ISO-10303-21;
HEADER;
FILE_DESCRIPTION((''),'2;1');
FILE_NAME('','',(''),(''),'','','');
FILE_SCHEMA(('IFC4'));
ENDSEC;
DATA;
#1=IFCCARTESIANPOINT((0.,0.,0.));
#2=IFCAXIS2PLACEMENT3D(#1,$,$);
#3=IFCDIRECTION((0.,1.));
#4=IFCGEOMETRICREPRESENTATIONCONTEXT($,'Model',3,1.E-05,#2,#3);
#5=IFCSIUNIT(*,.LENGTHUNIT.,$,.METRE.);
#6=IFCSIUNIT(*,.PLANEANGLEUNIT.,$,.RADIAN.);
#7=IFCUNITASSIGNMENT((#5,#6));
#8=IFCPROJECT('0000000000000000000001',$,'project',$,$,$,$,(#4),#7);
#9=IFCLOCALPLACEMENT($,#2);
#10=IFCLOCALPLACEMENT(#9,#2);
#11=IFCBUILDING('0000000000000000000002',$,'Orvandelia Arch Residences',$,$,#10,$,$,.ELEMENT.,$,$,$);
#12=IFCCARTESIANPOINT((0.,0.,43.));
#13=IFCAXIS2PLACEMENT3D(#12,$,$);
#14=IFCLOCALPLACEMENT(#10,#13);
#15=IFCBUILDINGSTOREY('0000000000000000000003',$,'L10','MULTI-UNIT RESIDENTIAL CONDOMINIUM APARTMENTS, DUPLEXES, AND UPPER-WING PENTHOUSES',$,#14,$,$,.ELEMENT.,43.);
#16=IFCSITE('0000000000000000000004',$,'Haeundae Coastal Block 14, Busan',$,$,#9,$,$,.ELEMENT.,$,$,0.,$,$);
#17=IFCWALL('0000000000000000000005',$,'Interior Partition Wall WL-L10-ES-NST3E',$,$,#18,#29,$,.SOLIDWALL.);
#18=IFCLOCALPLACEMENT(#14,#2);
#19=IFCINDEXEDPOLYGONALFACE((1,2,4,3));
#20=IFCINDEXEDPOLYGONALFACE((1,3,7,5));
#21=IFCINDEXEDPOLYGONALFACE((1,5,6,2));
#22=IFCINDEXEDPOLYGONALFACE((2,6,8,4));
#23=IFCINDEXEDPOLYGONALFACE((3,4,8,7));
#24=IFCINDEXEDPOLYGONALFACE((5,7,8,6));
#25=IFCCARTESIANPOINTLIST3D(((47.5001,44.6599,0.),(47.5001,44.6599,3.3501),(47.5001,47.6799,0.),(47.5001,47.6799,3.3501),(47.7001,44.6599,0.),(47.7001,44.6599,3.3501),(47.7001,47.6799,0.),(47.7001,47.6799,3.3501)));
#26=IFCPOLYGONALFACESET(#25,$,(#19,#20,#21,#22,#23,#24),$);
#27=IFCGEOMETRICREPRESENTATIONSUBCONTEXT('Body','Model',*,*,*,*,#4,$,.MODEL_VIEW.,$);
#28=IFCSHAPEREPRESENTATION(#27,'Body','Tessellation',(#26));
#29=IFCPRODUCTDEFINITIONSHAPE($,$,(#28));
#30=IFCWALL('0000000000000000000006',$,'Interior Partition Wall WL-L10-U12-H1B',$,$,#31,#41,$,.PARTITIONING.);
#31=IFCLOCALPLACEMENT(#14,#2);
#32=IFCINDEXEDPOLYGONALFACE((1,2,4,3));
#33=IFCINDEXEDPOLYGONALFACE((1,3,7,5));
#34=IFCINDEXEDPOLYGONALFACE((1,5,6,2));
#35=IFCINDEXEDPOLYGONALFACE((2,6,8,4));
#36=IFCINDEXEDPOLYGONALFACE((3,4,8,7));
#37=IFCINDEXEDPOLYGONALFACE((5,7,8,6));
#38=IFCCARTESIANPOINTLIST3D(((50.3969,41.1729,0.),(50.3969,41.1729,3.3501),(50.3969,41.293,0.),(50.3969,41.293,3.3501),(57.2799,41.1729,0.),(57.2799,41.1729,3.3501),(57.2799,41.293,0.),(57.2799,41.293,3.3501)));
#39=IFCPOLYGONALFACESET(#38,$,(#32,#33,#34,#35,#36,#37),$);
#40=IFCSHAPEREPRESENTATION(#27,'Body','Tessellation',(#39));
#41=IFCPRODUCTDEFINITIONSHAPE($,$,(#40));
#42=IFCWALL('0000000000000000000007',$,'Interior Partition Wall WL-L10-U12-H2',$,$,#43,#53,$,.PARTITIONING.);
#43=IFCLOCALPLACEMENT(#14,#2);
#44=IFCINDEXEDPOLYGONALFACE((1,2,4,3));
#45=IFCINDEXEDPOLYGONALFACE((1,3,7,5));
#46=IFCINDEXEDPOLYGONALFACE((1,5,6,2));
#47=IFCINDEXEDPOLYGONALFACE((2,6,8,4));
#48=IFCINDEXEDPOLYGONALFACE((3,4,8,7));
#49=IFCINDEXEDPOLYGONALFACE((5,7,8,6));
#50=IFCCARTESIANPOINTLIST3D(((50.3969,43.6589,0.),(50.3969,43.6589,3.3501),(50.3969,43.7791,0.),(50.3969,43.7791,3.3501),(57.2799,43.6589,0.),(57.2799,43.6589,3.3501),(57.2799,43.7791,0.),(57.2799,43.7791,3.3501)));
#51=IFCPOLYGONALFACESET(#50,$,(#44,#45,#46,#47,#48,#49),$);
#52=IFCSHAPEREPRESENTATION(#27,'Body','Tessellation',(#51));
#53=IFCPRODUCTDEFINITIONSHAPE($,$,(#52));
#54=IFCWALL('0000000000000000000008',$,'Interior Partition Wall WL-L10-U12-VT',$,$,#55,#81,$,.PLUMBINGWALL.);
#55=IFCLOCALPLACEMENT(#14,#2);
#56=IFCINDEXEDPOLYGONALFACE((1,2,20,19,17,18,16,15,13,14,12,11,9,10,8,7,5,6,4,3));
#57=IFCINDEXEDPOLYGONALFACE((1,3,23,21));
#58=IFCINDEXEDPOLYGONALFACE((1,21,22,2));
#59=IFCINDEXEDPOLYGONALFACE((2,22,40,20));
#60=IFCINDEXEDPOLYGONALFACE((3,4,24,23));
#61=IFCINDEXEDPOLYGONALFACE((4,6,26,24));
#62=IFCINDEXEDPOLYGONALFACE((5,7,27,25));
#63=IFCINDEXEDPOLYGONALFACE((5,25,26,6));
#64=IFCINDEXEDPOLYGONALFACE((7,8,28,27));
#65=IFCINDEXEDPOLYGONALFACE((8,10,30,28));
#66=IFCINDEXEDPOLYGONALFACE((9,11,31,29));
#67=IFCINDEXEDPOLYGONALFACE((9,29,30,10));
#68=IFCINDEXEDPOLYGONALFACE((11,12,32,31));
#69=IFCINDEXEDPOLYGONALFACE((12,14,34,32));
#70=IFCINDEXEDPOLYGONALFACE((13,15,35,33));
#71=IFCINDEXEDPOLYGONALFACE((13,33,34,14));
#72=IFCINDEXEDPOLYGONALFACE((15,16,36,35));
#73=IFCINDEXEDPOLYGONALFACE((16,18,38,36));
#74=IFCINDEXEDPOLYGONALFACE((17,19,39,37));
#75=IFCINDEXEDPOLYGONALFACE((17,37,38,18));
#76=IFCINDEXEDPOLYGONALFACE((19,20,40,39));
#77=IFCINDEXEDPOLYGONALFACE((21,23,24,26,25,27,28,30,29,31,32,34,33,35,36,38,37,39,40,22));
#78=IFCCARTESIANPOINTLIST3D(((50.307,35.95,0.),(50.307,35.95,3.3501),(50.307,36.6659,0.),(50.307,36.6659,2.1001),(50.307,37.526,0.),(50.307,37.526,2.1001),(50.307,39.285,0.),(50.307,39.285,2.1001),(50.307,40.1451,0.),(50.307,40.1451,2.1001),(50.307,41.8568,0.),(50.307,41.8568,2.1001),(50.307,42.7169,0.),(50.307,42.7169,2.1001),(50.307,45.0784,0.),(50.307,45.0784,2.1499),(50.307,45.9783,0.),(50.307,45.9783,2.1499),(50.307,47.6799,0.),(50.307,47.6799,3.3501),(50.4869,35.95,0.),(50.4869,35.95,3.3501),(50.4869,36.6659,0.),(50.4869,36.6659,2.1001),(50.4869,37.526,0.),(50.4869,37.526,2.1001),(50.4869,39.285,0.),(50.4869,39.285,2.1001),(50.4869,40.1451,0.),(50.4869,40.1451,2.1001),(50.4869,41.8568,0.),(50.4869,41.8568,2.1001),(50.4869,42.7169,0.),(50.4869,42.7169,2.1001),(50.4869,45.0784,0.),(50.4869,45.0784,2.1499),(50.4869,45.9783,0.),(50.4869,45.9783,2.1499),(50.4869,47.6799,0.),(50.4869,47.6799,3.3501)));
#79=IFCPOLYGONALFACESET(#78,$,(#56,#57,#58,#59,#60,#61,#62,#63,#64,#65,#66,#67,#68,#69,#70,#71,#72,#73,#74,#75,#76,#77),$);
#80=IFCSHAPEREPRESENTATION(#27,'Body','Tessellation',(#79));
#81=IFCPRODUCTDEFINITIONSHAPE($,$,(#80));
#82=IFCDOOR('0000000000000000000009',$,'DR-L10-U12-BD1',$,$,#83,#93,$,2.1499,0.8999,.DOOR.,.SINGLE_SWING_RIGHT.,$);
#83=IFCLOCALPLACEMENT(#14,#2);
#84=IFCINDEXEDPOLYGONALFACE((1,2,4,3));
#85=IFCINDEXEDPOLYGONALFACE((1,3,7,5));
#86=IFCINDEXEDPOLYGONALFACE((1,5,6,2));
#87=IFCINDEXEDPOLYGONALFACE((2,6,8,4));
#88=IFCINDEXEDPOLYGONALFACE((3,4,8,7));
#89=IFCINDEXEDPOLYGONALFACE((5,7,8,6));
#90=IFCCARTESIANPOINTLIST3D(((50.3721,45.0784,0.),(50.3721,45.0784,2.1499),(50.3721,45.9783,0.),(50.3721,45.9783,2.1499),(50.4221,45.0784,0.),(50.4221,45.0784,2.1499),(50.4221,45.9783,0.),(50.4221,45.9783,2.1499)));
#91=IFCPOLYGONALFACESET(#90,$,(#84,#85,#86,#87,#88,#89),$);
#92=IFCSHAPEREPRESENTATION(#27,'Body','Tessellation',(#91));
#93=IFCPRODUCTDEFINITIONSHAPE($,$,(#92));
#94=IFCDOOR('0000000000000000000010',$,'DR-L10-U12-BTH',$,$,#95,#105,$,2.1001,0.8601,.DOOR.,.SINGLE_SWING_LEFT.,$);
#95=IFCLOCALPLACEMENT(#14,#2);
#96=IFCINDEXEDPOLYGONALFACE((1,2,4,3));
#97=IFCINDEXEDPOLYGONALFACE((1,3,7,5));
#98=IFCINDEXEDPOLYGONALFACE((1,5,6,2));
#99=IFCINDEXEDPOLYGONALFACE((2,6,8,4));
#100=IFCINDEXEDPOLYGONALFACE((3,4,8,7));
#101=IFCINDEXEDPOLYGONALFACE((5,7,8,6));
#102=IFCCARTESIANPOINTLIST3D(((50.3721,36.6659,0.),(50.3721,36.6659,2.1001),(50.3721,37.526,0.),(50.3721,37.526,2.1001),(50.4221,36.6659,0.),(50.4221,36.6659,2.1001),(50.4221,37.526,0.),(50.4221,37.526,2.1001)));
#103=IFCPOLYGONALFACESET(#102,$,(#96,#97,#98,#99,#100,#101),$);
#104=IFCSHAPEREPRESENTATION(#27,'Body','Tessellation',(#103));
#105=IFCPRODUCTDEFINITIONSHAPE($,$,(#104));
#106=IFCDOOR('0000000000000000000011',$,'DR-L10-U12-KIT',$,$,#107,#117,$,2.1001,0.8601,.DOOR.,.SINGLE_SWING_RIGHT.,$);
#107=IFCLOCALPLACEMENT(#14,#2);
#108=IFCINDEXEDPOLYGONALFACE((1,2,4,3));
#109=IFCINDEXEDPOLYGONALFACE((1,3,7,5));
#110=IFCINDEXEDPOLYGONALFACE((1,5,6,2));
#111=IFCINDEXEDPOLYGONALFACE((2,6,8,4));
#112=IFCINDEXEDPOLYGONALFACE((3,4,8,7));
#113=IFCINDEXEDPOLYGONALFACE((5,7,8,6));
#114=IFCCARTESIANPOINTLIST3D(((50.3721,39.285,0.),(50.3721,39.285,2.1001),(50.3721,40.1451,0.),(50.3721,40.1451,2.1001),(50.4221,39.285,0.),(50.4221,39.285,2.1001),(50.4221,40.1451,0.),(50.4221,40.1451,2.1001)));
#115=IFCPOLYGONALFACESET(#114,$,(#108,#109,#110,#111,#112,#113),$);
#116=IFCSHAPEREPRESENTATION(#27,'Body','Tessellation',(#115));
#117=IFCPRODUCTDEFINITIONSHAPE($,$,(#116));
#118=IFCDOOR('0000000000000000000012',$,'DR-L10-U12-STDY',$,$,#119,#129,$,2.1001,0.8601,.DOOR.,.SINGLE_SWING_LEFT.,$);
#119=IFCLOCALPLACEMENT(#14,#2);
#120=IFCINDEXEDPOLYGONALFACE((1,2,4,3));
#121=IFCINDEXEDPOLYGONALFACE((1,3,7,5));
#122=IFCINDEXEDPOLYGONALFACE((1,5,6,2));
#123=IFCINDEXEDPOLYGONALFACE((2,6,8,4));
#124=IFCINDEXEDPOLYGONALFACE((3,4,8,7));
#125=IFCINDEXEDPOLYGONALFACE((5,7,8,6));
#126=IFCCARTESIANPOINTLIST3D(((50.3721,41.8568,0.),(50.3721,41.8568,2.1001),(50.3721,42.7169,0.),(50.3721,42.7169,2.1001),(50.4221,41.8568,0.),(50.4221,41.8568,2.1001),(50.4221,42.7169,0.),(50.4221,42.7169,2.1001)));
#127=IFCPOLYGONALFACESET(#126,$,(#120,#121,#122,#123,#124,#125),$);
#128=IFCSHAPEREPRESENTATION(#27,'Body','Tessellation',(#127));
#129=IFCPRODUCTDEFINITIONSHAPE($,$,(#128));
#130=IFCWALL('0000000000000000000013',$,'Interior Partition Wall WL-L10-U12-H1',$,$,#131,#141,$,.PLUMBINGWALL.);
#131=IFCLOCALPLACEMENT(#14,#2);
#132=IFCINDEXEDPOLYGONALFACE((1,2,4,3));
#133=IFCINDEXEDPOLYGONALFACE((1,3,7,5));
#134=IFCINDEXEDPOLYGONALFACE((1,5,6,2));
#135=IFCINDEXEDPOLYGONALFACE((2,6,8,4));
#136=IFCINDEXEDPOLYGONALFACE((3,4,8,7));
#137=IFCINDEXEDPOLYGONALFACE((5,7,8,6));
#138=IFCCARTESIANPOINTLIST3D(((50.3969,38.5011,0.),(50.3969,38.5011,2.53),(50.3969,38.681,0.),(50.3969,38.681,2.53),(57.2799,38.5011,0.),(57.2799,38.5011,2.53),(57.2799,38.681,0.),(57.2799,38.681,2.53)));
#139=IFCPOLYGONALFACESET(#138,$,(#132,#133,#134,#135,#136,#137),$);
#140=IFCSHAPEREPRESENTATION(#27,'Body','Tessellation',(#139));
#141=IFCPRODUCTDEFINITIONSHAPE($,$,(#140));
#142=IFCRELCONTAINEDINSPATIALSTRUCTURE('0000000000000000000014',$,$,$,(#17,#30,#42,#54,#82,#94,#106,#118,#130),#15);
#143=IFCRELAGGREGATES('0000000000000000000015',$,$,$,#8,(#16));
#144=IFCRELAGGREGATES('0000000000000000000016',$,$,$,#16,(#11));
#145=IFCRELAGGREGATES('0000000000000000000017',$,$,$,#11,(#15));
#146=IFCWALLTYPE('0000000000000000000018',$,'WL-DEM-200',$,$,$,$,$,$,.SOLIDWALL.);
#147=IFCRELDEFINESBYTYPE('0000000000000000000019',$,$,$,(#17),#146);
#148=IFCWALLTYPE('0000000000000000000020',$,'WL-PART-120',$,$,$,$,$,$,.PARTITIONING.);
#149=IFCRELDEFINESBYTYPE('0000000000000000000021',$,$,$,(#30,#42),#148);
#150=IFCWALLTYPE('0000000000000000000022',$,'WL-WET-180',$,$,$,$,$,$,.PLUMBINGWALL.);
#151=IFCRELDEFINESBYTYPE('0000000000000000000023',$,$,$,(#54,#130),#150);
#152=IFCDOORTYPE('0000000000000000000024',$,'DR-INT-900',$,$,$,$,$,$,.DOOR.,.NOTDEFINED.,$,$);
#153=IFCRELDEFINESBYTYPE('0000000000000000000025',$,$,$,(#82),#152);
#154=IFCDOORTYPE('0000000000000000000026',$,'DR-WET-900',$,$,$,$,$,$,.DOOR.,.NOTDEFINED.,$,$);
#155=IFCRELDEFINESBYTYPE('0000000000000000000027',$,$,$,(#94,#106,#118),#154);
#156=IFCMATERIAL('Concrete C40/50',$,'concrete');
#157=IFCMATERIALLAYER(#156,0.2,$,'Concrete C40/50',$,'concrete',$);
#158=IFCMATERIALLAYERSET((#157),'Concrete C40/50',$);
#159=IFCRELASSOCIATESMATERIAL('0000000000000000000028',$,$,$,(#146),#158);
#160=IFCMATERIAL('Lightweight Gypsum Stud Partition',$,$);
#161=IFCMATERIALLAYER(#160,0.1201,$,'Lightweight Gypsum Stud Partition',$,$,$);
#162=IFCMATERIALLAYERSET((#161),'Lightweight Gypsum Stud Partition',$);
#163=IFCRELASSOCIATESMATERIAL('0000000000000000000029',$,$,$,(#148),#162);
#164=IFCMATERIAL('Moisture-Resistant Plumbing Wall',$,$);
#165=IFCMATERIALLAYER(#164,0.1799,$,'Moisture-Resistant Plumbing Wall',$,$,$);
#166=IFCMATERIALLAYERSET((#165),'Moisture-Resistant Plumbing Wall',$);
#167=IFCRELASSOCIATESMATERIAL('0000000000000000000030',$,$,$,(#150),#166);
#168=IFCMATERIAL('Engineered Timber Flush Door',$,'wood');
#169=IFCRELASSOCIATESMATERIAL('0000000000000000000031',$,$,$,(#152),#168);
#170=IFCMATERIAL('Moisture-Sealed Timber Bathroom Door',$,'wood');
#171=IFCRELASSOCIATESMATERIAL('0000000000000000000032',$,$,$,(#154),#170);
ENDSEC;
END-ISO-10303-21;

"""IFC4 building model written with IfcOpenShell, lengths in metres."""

from ifc_helpers import new_model, si_unit, direction, frame, frame_2d, origin, place, context, subcontext, project, spatial, rectangle, extrude, material, layer, layer_set, type_object, element, fill, save


model = new_model("IFC4")

# Units and contexts
model_context = context("Model", 3, precision=1e-05, world=origin(), true_north=direction((0.0, 1.0)))
body_context = subcontext(model_context, "Body", "Model", "MODEL_VIEW")
ifc_project = project(units=[si_unit("LENGTHUNIT", "METRE"), si_unit("PLANEANGLEUNIT", "RADIAN")], contexts=[model_context])

# Site, building, storey
site_placement = place(None, origin())
site = spatial("IfcSite", under=ifc_project, at=site_placement, Name="Haeundae Coastal Block 14, Busan", CompositionType="ELEMENT", RefElevation=0.0)
building_placement = place(site_placement, origin())
building = spatial("IfcBuilding", under=site, at=building_placement, Name="Orvandelia Arch Residences", CompositionType="ELEMENT")
storey_placement = place(building_placement, frame((0.0, 0.0, 43.0)))
storey = spatial("IfcBuildingStorey", under=building, at=storey_placement, Name="L10", Description="MULTI-UNIT RESIDENTIAL CONDOMINIUM APARTMENTS, DUPLEXES, AND UPPER-WING PENTHOUSES", CompositionType="ELEMENT", Elevation=43.0)

# Walls
ifc_material_1 = material(Name="Concrete C40/50", Category="concrete")
ifc_layer_1 = layer(ifc_material_1, 0.2, Name="Concrete C40/50", Category="concrete")
ifc_layer_set_1 = layer_set([ifc_layer_1], Name="Concrete C40/50")
wall_type_1 = type_object("IfcWallType", Name="WL-DEM-200", PredefinedType="SOLIDWALL", material=ifc_layer_set_1)
wall_1_placement = place(storey_placement, frame((47.6001, 44.6599, 0.0), z_axis=(0.0, 0.0, 1.0), x_axis=(0.0, 1.0, 0.0)))
element("IfcWall", 1, at=wall_1_placement, inside=storey, type_object=wall_type_1, Name="Interior Partition Wall WL-L10-ES-NST3E", PredefinedType="SOLIDWALL", context=body_context, shape_type="SweptSolid", body=[
    extrude(rectangle(XDim=3.02, YDim=0.2, at=frame_2d((1.51, 0.0))), origin(), (0.0, 0.0, 1.0), 3.3501),
])
ifc_material_2 = material(Name="Lightweight Gypsum Stud Partition")
ifc_layer_2 = layer(ifc_material_2, 0.1201, Name="Lightweight Gypsum Stud Partition")
ifc_layer_set_2 = layer_set([ifc_layer_2], Name="Lightweight Gypsum Stud Partition")
wall_type_2 = type_object("IfcWallType", Name="WL-PART-120", PredefinedType="PARTITIONING", material=ifc_layer_set_2)
for number, where, z_axis, x_axis, name in (
    (2, (50.397, 41.2329, 0.0), (0.0, 0.0, 1.0), (1.0, 0.0, 0.0), "Interior Partition Wall WL-L10-U12-H1B"),
    (3, (50.397, 43.719, 0.0), (0.0, 0.0, 1.0), (1.0, 0.0, 0.0), "Interior Partition Wall WL-L10-U12-H2"),
):
    element("IfcWall", number, at=place(storey_placement, frame(where, z_axis=z_axis, x_axis=x_axis)), inside=storey, type_object=wall_type_2, Name=name, PredefinedType="PARTITIONING", context=body_context, shape_type="SweptSolid", body=[
        extrude(rectangle(XDim=6.8831, YDim=0.1201, at=frame_2d((3.4414, 0.0))), origin(), (0.0, 0.0, 1.0), 3.3501),
    ])

# Wall, openings, doors
ifc_material_3 = material(Name="Moisture-Resistant Plumbing Wall")
ifc_layer_3 = layer(ifc_material_3, 0.1799, Name="Moisture-Resistant Plumbing Wall")
ifc_layer_set_3 = layer_set([ifc_layer_3], Name="Moisture-Resistant Plumbing Wall")
wall_type_3 = type_object("IfcWallType", Name="WL-WET-180", PredefinedType="PLUMBINGWALL", material=ifc_layer_set_3)
wall_2_placement = place(storey_placement, frame((50.397, 35.95, 0.0), z_axis=(0.0, 0.0, 1.0), x_axis=(0.0, 1.0, 0.0)))
wall_2 = element("IfcWall", 4, at=wall_2_placement, inside=storey, type_object=wall_type_3, Name="Interior Partition Wall WL-L10-U12-VT", PredefinedType="PLUMBINGWALL", context=body_context, shape_type="SweptSolid", body=[
    extrude(rectangle(XDim=11.73, YDim=0.1799, at=frame_2d((5.865, 0.0))), origin(), (0.0, 0.0, 1.0), 3.3501),
])
opening_1_placement = place(wall_2_placement, frame((0.7158, 0.0, 0.0)))
opening_1 = element("IfcOpeningElement", 5, at=opening_1_placement, cuts=wall_2, PredefinedType="OPENING", context=body_context, shape_type="SweptSolid", body=[
    extrude(rectangle(XDim=0.8601, YDim=2.1001, at=frame_2d((0.4302, 1.05))), frame((0.0, 0.1001, 0.0), z_axis=(0.0, -1.0, 0.0), x_axis=(1.0, 0.0, 0.0)), (0.0, 0.0, 1.0), 0.2),
])
opening_2_placement = place(wall_2_placement, frame((3.335, 0.0, 0.0)))
opening_2 = element("IfcOpeningElement", 6, at=opening_2_placement, cuts=wall_2, PredefinedType="OPENING", context=body_context, shape_type="SweptSolid", body=[
    extrude(rectangle(XDim=0.8601, YDim=2.1001, at=frame_2d((0.4302, 1.05))), frame((0.0, 0.1001, 0.0), z_axis=(0.0, -1.0, 0.0), x_axis=(1.0, 0.0, 0.0)), (0.0, 0.0, 1.0), 0.2),
])
opening_3_placement = place(wall_2_placement, frame((5.9067, 0.0, 0.0)))
opening_3 = element("IfcOpeningElement", 7, at=opening_3_placement, cuts=wall_2, PredefinedType="OPENING", context=body_context, shape_type="SweptSolid", body=[
    extrude(rectangle(XDim=0.8601, YDim=2.1001, at=frame_2d((0.4302, 1.05))), frame((0.0, 0.1001, 0.0), z_axis=(0.0, -1.0, 0.0), x_axis=(1.0, 0.0, 0.0)), (0.0, 0.0, 1.0), 0.2),
])
opening_4_placement = place(wall_2_placement, frame((9.1284, 0.0, 0.0)))
opening_4 = element("IfcOpeningElement", 8, at=opening_4_placement, cuts=wall_2, PredefinedType="OPENING", context=body_context, shape_type="SweptSolid", body=[
    extrude(rectangle(XDim=0.8999, YDim=2.1499, at=frame_2d((0.45, 1.075))), frame((0.0, 0.1001, 0.0), z_axis=(0.0, -1.0, 0.0), x_axis=(1.0, 0.0, 0.0)), (0.0, 0.0, 1.0), 0.2),
])
ifc_material_4 = material(Name="Engineered Timber Flush Door", Category="wood")
door_type_1 = type_object("IfcDoorType", Name="DR-INT-900", OperationType="NOTDEFINED", PredefinedType="DOOR", material=ifc_material_4)
door_1_placement = place(opening_4_placement, origin())
door_1 = element("IfcDoor", 9, at=door_1_placement, inside=storey, type_object=door_type_1, Name="DR-L10-U12-BD1", OperationType="SINGLE_SWING_RIGHT", OverallHeight=2.1499, OverallWidth=0.8999, PredefinedType="DOOR", context=body_context, shape_type="SweptSolid", body=[
    extrude(rectangle(XDim=0.8999, YDim=2.1499, at=frame_2d((0.45, 1.075))), frame((0.0, 0.0249, 0.0), z_axis=(0.0, -1.0, 0.0), x_axis=(1.0, 0.0, 0.0)), (0.0, 0.0, 1.0), 0.05),
])
fill(opening_4, door_1)
ifc_material_5 = material(Name="Moisture-Sealed Timber Bathroom Door", Category="wood")
door_type_2 = type_object("IfcDoorType", Name="DR-WET-900", OperationType="NOTDEFINED", PredefinedType="DOOR", material=ifc_material_5)
door_2_placement = place(opening_1_placement, origin())
door_2 = element("IfcDoor", 10, at=door_2_placement, inside=storey, type_object=door_type_2, Name="DR-L10-U12-BTH", OperationType="SINGLE_SWING_LEFT", OverallHeight=2.1001, OverallWidth=0.8601, PredefinedType="DOOR", context=body_context, shape_type="SweptSolid", body=[
    extrude(rectangle(XDim=0.8601, YDim=2.1001, at=frame_2d((0.4302, 1.05))), frame((0.0, 0.0249, 0.0), z_axis=(0.0, -1.0, 0.0), x_axis=(1.0, 0.0, 0.0)), (0.0, 0.0, 1.0), 0.05),
])
fill(opening_1, door_2)
door_3_placement = place(opening_2_placement, origin())
door_3 = element("IfcDoor", 11, at=door_3_placement, inside=storey, type_object=door_type_2, Name="DR-L10-U12-KIT", OperationType="SINGLE_SWING_RIGHT", OverallHeight=2.1001, OverallWidth=0.8601, PredefinedType="DOOR", context=body_context, shape_type="SweptSolid", body=[
    extrude(rectangle(XDim=0.8601, YDim=2.1001, at=frame_2d((0.4302, 1.05))), frame((0.0, 0.0249, 0.0), z_axis=(0.0, -1.0, 0.0), x_axis=(1.0, 0.0, 0.0)), (0.0, 0.0, 1.0), 0.05),
])
fill(opening_2, door_3)
door_4_placement = place(opening_3_placement, origin())
door_4 = element("IfcDoor", 12, at=door_4_placement, inside=storey, type_object=door_type_2, Name="DR-L10-U12-STDY", OperationType="SINGLE_SWING_LEFT", OverallHeight=2.1001, OverallWidth=0.8601, PredefinedType="DOOR", context=body_context, shape_type="SweptSolid", body=[
    extrude(rectangle(XDim=0.8601, YDim=2.1001, at=frame_2d((0.4302, 1.05))), frame((0.0, 0.0249, 0.0), z_axis=(0.0, -1.0, 0.0), x_axis=(1.0, 0.0, 0.0)), (0.0, 0.0, 1.0), 0.05),
])
fill(opening_3, door_4)

# Wall
wall_3_placement = place(storey_placement, frame((50.397, 38.5911, 0.0), z_axis=(0.0, 0.0, 1.0), x_axis=(1.0, 0.0, 0.0)))
element("IfcWall", 13, at=wall_3_placement, inside=storey, type_object=wall_type_3, Name="Interior Partition Wall WL-L10-U12-H1", PredefinedType="PLUMBINGWALL", context=body_context, shape_type="SweptSolid", body=[
    extrude(rectangle(XDim=6.8831, YDim=0.1799, at=frame_2d((3.4414, 0.0))), origin(), (0.0, 0.0, 1.0), 2.53),
])

save(model, "model.ifc")
